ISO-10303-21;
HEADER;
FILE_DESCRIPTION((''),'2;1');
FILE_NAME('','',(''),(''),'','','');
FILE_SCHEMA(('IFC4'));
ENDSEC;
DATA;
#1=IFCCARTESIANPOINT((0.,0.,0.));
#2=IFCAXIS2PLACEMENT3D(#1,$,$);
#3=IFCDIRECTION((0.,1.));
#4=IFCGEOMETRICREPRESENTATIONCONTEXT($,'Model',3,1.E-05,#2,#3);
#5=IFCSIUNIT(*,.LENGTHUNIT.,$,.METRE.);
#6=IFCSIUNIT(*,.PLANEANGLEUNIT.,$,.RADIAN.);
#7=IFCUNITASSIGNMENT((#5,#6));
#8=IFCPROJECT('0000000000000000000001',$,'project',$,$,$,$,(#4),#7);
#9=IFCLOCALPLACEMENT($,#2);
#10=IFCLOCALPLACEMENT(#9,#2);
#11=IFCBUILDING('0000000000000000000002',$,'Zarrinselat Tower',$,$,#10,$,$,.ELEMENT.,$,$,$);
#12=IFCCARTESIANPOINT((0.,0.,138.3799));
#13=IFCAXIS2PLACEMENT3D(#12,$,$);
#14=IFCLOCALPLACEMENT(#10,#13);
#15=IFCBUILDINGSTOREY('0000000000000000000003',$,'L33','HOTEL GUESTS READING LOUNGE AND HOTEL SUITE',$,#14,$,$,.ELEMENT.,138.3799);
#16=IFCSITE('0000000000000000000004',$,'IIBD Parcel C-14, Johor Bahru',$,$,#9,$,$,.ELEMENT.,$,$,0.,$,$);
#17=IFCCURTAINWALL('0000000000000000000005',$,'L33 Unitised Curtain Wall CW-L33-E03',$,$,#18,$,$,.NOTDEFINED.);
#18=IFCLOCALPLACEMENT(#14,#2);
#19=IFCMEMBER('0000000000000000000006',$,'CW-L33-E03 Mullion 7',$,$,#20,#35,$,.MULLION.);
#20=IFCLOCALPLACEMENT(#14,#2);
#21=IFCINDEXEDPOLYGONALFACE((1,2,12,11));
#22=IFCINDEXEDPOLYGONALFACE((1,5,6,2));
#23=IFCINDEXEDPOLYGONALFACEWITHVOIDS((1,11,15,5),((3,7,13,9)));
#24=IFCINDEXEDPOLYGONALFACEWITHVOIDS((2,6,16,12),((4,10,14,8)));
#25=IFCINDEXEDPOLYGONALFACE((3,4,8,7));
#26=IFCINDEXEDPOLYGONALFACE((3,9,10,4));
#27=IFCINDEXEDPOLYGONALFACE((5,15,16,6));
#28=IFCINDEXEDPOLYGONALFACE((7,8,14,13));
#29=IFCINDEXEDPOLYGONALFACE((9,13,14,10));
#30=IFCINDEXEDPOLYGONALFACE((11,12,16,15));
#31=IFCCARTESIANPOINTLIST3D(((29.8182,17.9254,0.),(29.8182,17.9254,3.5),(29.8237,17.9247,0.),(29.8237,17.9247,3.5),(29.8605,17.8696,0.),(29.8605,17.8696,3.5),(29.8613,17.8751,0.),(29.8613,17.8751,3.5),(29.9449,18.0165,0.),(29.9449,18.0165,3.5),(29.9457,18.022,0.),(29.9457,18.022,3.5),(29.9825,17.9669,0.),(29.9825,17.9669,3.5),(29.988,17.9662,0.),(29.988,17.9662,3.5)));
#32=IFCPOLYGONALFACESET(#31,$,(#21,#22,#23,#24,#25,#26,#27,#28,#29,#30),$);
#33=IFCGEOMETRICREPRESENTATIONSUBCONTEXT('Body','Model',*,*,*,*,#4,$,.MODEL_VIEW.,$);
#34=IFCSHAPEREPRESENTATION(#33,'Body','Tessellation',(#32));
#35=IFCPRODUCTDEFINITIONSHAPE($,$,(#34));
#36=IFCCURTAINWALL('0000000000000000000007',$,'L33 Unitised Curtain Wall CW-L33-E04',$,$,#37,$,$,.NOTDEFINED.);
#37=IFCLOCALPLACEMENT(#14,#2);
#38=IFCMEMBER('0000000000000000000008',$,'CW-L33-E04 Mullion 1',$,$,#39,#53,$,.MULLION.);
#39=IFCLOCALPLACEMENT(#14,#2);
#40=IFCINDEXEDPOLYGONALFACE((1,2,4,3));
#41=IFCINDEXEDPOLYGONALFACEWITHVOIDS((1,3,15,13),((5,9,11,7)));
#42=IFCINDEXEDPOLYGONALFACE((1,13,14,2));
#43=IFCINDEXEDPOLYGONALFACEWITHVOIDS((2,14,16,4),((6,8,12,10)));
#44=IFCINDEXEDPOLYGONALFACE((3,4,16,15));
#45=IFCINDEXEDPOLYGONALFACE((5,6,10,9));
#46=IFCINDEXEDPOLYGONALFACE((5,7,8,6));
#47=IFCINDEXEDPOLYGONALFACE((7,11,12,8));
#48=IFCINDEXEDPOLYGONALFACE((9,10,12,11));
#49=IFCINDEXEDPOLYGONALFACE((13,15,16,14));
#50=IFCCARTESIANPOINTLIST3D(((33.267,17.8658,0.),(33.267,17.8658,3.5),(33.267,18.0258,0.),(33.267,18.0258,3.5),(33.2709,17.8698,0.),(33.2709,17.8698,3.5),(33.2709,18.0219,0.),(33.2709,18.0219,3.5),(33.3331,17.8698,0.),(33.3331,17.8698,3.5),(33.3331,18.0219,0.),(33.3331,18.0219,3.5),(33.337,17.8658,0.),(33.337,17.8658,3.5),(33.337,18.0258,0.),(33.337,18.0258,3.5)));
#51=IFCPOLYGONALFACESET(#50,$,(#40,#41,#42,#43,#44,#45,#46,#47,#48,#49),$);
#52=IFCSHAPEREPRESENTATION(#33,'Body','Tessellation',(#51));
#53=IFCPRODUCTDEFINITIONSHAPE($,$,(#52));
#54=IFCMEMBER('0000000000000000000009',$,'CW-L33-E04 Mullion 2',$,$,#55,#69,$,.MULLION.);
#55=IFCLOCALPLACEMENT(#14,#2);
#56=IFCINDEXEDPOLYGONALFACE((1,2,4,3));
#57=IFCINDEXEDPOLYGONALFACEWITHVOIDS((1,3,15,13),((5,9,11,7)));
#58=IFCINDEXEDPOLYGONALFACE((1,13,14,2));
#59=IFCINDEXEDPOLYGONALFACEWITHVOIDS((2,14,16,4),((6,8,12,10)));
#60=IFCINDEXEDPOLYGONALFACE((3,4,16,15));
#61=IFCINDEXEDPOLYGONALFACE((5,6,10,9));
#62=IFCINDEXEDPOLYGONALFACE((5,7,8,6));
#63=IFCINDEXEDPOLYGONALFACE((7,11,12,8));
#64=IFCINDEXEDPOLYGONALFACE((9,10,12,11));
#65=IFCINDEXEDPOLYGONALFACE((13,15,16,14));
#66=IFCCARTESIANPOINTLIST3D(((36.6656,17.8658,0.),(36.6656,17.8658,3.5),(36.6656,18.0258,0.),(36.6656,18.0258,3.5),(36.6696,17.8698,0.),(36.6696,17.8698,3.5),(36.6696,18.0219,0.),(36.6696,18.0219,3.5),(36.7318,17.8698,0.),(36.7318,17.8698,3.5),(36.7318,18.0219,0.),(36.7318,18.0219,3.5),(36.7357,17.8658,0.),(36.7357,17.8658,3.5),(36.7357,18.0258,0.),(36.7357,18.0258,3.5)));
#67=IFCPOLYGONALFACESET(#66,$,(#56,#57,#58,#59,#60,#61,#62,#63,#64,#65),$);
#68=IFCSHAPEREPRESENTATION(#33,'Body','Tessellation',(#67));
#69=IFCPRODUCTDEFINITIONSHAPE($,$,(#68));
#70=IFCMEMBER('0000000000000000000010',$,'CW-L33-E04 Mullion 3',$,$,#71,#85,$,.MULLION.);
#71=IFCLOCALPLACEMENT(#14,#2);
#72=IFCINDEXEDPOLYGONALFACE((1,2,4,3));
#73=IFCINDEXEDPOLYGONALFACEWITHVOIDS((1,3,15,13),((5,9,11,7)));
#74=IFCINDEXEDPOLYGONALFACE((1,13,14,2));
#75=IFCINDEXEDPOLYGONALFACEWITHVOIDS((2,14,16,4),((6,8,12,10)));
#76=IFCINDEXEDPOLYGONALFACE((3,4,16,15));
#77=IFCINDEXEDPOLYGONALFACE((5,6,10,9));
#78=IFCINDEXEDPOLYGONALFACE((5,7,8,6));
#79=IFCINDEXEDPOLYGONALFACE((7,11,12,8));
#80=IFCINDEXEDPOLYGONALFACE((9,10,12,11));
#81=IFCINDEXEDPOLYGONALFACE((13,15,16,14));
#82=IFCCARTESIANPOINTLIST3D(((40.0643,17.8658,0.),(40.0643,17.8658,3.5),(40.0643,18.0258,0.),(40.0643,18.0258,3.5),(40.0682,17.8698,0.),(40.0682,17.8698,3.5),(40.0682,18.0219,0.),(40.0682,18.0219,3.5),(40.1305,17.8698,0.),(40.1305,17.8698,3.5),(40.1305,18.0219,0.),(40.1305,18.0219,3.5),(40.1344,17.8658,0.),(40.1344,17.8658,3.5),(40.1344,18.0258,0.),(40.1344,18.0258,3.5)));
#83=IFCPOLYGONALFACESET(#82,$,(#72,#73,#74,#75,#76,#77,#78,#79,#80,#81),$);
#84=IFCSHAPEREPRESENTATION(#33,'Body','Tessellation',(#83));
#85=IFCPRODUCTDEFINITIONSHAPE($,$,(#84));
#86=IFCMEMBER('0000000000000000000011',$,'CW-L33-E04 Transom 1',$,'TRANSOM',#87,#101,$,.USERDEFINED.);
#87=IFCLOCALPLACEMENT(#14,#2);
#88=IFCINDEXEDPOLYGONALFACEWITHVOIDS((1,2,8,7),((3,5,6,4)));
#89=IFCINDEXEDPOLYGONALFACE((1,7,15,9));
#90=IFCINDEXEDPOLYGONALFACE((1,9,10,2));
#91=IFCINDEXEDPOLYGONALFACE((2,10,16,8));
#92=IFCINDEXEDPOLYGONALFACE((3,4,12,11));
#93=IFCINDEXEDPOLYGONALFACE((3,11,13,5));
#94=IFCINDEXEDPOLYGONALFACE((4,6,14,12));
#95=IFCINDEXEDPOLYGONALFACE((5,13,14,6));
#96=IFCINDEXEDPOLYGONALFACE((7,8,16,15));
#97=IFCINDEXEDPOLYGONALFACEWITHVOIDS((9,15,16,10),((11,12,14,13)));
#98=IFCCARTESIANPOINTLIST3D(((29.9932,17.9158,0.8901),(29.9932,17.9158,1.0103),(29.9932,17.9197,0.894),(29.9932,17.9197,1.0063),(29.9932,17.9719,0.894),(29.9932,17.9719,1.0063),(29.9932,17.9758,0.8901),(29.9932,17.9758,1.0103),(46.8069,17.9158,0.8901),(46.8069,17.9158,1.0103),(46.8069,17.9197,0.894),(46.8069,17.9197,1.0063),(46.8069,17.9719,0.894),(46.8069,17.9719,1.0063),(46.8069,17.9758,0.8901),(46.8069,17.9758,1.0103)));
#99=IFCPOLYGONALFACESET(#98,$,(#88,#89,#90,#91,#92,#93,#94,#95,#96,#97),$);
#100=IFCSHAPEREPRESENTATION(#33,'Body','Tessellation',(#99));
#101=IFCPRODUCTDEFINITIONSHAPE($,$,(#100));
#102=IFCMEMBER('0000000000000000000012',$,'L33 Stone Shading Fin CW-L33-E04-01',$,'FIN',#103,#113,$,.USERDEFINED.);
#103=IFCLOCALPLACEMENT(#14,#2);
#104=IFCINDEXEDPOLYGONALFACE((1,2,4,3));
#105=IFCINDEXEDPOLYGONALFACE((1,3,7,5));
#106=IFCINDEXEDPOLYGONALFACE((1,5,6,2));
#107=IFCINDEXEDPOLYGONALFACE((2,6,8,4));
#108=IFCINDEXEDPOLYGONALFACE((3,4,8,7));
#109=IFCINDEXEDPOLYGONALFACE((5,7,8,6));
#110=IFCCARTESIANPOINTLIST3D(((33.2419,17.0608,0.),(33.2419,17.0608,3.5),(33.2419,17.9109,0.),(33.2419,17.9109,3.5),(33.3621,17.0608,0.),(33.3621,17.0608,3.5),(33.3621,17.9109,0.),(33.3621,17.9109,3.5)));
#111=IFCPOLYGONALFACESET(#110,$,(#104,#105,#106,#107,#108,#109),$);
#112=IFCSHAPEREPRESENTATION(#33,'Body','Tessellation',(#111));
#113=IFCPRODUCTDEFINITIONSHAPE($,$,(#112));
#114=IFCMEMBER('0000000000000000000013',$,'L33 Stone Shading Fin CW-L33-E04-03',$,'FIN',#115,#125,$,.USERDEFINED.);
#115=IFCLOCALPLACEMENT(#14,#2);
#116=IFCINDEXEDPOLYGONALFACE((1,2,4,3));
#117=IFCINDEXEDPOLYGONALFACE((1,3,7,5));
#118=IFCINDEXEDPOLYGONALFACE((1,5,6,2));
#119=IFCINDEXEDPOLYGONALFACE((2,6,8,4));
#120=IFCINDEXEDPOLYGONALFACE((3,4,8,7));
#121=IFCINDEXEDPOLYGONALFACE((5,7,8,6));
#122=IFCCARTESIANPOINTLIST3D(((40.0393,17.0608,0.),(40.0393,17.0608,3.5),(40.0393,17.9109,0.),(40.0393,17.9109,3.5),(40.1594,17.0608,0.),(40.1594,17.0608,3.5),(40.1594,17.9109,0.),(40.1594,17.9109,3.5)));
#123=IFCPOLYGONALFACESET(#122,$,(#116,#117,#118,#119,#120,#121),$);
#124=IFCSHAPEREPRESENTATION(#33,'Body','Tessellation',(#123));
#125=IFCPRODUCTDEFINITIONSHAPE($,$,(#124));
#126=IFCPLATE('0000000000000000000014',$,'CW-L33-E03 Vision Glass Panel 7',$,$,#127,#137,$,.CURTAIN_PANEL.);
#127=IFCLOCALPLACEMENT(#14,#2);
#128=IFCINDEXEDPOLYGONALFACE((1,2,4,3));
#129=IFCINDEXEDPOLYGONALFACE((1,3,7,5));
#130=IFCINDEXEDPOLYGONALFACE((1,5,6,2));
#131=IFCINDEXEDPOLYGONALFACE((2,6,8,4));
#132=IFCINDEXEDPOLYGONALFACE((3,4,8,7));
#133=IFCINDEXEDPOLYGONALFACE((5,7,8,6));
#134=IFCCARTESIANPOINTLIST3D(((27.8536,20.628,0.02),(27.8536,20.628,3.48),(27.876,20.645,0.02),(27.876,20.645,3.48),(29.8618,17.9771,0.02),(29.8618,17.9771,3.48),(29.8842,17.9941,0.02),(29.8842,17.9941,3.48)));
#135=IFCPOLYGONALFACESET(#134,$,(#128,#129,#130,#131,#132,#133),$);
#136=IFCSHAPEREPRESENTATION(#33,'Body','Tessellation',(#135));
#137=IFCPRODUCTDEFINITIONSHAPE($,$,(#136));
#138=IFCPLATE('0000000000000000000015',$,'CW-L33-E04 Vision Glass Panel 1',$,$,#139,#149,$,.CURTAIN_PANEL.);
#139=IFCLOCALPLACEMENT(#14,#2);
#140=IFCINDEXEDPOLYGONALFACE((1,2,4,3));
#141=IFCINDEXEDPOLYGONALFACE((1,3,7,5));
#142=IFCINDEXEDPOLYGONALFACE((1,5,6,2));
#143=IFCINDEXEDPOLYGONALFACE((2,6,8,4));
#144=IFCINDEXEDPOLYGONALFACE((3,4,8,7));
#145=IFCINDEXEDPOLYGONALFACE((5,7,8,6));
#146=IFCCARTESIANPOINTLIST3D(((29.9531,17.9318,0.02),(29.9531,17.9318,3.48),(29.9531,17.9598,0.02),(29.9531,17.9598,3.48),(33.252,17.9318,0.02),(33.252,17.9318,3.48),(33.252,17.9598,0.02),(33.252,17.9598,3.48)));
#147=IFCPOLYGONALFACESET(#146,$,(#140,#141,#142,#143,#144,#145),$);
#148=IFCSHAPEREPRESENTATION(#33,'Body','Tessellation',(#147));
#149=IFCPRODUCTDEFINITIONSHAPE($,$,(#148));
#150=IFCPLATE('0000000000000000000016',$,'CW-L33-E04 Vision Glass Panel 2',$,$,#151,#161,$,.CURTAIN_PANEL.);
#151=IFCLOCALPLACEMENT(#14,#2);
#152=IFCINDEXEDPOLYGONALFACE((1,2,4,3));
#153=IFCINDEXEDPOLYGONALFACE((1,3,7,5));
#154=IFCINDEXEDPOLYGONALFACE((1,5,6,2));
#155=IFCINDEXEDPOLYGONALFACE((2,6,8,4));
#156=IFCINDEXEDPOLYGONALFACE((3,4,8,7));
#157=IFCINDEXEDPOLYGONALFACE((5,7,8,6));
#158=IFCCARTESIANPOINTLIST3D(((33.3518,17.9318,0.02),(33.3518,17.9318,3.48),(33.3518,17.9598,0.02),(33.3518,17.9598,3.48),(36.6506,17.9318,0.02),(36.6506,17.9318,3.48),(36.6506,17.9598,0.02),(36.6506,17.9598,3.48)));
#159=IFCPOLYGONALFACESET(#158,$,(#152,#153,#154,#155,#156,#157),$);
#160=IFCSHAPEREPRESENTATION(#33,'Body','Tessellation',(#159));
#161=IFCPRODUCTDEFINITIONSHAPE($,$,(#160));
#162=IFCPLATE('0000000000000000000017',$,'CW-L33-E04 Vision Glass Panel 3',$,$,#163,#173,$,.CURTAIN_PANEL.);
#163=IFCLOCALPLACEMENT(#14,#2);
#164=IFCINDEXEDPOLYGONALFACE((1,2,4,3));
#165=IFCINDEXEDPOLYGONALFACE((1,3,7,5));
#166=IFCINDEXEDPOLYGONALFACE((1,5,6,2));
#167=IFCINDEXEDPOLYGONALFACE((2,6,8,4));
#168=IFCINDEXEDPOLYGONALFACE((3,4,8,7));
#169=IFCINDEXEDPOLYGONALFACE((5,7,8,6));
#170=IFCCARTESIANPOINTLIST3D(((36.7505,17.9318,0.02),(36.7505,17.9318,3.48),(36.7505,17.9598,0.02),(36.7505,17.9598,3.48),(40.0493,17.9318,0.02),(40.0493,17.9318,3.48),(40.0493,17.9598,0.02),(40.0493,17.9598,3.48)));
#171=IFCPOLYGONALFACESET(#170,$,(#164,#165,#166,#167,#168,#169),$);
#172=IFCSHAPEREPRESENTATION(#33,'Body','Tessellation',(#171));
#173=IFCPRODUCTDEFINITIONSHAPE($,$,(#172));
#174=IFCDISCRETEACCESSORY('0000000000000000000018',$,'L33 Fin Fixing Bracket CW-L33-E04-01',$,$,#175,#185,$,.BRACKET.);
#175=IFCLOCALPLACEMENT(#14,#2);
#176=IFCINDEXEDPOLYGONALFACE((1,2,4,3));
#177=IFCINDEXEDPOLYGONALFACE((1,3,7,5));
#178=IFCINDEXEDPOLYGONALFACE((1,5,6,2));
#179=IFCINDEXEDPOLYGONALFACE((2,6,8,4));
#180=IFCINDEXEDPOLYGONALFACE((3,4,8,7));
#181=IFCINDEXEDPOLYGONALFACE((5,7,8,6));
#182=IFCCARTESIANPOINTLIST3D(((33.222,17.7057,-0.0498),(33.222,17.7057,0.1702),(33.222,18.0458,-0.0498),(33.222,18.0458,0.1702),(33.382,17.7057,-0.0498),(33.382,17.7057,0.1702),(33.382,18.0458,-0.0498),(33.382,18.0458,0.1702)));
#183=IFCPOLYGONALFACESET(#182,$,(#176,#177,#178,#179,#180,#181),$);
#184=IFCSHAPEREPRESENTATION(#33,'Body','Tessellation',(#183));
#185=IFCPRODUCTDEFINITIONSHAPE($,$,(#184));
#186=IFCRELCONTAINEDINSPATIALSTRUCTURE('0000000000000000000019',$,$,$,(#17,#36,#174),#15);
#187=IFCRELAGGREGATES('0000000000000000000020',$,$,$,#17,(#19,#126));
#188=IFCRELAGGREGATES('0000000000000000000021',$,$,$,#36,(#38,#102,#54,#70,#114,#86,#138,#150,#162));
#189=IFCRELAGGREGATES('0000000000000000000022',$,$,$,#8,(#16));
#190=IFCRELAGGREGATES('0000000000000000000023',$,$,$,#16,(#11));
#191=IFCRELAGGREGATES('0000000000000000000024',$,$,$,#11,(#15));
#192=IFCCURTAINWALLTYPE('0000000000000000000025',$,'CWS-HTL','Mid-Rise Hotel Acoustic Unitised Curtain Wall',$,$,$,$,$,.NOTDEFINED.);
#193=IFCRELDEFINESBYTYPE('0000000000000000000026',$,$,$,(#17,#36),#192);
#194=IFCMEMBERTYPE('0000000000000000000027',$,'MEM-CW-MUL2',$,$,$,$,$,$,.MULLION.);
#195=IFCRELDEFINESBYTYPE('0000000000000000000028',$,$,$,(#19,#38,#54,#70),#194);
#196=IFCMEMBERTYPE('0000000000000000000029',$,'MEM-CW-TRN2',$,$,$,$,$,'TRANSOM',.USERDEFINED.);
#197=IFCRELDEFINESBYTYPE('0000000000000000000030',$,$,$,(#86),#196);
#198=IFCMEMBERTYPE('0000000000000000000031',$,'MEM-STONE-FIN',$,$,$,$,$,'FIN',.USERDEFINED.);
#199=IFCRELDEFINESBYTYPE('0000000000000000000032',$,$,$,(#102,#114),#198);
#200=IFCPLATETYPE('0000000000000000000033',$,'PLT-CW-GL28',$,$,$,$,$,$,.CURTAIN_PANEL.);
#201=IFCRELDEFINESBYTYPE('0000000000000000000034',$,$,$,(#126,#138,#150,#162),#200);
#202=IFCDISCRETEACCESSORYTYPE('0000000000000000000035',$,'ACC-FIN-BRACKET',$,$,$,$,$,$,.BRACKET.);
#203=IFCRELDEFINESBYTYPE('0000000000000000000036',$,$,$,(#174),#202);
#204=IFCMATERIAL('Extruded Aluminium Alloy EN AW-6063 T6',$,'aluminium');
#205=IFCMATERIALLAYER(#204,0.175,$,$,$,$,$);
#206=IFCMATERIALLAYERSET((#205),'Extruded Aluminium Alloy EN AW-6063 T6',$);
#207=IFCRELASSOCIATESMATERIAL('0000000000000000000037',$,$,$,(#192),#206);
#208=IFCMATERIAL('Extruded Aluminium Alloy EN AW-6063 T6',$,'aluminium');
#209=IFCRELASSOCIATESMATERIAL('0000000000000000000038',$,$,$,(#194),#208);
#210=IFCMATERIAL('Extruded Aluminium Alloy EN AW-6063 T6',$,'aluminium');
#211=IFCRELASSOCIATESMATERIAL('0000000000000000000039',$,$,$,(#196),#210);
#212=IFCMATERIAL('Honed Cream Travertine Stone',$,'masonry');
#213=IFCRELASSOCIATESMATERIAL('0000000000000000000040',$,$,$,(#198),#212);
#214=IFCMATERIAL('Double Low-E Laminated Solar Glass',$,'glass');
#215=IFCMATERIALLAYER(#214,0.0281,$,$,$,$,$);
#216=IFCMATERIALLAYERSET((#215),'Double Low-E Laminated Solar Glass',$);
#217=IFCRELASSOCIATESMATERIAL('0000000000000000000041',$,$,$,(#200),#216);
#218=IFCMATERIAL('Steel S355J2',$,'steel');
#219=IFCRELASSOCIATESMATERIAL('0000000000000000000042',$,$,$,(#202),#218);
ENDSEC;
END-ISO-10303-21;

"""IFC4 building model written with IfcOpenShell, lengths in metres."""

from ifc_helpers import new_model, si_unit, direction, frame, origin, origin_2d, place, context, subcontext, project, spatial, rectangle, hollow_rectangle, extrude, material, layer, layer_set, material_profile, profile_set, type_object, element, aggregate, save


model = new_model("IFC4")

# Units and contexts
model_context = context("Model", 3, precision=1e-05, world=origin(), true_north=direction((0.0, 1.0)))
body_context = subcontext(model_context, "Body", "Model", "MODEL_VIEW")
ifc_project = project(units=[si_unit("LENGTHUNIT", "METRE"), si_unit("PLANEANGLEUNIT", "RADIAN")], contexts=[model_context])

# Site, building, storey
site_placement = place(None, origin())
site = spatial("IfcSite", under=ifc_project, at=site_placement, Name="IIBD Parcel C-14, Johor Bahru", CompositionType="ELEMENT", RefElevation=0.0)
building_placement = place(site_placement, origin())
building = spatial("IfcBuilding", under=site, at=building_placement, Name="Zarrinselat Tower", CompositionType="ELEMENT")
storey_placement = place(building_placement, frame((0.0, 0.0, 138.3799)))
storey = spatial("IfcBuildingStorey", under=building, at=storey_placement, Name="L33", Description="HOTEL GUESTS READING LOUNGE AND HOTEL SUITE", CompositionType="ELEMENT", Elevation=138.3799)

# Curtain walls, members
ifc_material_1 = material(Name="Extruded Aluminium Alloy EN AW-6063 T6", Category="aluminium")
ifc_layer_1 = layer(ifc_material_1, 0.175)
ifc_layer_set_1 = layer_set([ifc_layer_1], Name="Extruded Aluminium Alloy EN AW-6063 T6")
curtain_wall_type = type_object("IfcCurtainWallType", Name="CWS-HTL", Description="Mid-Rise Hotel Acoustic Unitised Curtain Wall", PredefinedType="NOTDEFINED", material=ifc_layer_set_1)
curtain_wall_1_placement = place(storey_placement, origin())
curtain_wall_1 = element("IfcCurtainWall", 1, at=curtain_wall_1_placement, inside=storey, type_object=curtain_wall_type, Name="L33 Unitised Curtain Wall CW-L33-E03", PredefinedType="NOTDEFINED")
ifc_material_2 = material(Name="Extruded Aluminium Alloy EN AW-6063 T6", Category="aluminium")
ifc_material_profile_1 = material_profile(ifc_material_2, hollow_rectangle(XDim=0.0701, YDim=0.1599, WallThickness=0.0039, at=origin_2d()), Name="RHS 160x70x4")
ifc_profile_set_1 = profile_set([ifc_material_profile_1], Name="Extruded Aluminium Alloy EN AW-6063 T6")
member_type_1 = type_object("IfcMemberType", Name="MEM-CW-MUL2", PredefinedType="MULLION", material=ifc_profile_set_1)
member_1_placement = place(storey_placement, frame((29.9031, 17.9458, 0.0), z_axis=(0.0, 0.0, 1.0), x_axis=(0.603856, -0.797094, 0.0)))
member_1 = element("IfcMember", 2, at=member_1_placement, type_object=member_type_1, Name="CW-L33-E03 Mullion 7", PredefinedType="MULLION", context=body_context, shape_type="SweptSolid", body=[
    extrude(hollow_rectangle(XDim=0.0701, YDim=0.1599, WallThickness=0.0039, at=origin_2d()), origin(), (0.0, 0.0, 1.0), 3.5),
])
curtain_wall_2_placement = place(storey_placement, origin())
curtain_wall_2 = element("IfcCurtainWall", 3, at=curtain_wall_2_placement, inside=storey, type_object=curtain_wall_type, Name="L33 Unitised Curtain Wall CW-L33-E04", PredefinedType="NOTDEFINED")
member_2_placement = place(storey_placement, frame((33.302, 17.9458, 0.0), z_axis=(0.0, 0.0, 1.0), x_axis=(1.0, 0.0, 0.0)))
member_2 = element("IfcMember", 4, at=member_2_placement, type_object=member_type_1, Name="CW-L33-E04 Mullion 1", PredefinedType="MULLION", context=body_context, shape_type="SweptSolid", body=[
    extrude(hollow_rectangle(XDim=0.0701, YDim=0.1599, WallThickness=0.0039, at=origin_2d()), origin(), (0.0, 0.0, 1.0), 3.5),
])
member_3_placement = place(storey_placement, frame((36.7007, 17.9458, 0.0), z_axis=(0.0, 0.0, 1.0), x_axis=(1.0, 0.0, 0.0)))
member_3 = element("IfcMember", 5, at=member_3_placement, type_object=member_type_1, Name="CW-L33-E04 Mullion 2", PredefinedType="MULLION", context=body_context, shape_type="SweptSolid", body=[
    extrude(hollow_rectangle(XDim=0.0701, YDim=0.1599, WallThickness=0.0039, at=origin_2d()), origin(), (0.0, 0.0, 1.0), 3.5),
])
member_4_placement = place(storey_placement, frame((40.0994, 17.9458, 0.0), z_axis=(0.0, 0.0, 1.0), x_axis=(1.0, 0.0, 0.0)))
member_4 = element("IfcMember", 6, at=member_4_placement, type_object=member_type_1, Name="CW-L33-E04 Mullion 3", PredefinedType="MULLION", context=body_context, shape_type="SweptSolid", body=[
    extrude(hollow_rectangle(XDim=0.0701, YDim=0.1599, WallThickness=0.0039, at=origin_2d()), origin(), (0.0, 0.0, 1.0), 3.5),
])
ifc_material_3 = material(Name="Extruded Aluminium Alloy EN AW-6063 T6", Category="aluminium")
ifc_material_profile_2 = material_profile(ifc_material_3, hollow_rectangle(XDim=0.0601, YDim=0.1201, WallThickness=0.0039, at=origin_2d()), Name="RHS 120x60x4")
ifc_profile_set_2 = profile_set([ifc_material_profile_2], Name="Extruded Aluminium Alloy EN AW-6063 T6")
member_type_2 = type_object("IfcMemberType", Name="MEM-CW-TRN2", ElementType="TRANSOM", PredefinedType="USERDEFINED", material=ifc_profile_set_2)
member_5_placement = place(storey_placement, frame((29.9932, 17.9458, 0.9502), z_axis=(1.0, 0.0, 0.0), x_axis=(0.0, 1.0, 0.0)))
member_5 = element("IfcMember", 7, at=member_5_placement, type_object=member_type_2, Name="CW-L33-E04 Transom 1", ObjectType="TRANSOM", PredefinedType="USERDEFINED", context=body_context, shape_type="SweptSolid", body=[
    extrude(hollow_rectangle(XDim=0.0601, YDim=0.1201, WallThickness=0.0039, at=origin_2d()), origin(), (0.0, 0.0, 1.0), 16.8137),
])
ifc_material_4 = material(Name="Honed Cream Travertine Stone", Category="masonry")
ifc_material_profile_3 = material_profile(ifc_material_4, rectangle(XDim=0.1201, YDim=0.8501, at=origin_2d()), Name="FIN 850x120")
ifc_profile_set_3 = profile_set([ifc_material_profile_3], Name="Honed Cream Travertine Stone")
member_type_3 = type_object("IfcMemberType", Name="MEM-STONE-FIN", ElementType="FIN", PredefinedType="USERDEFINED", material=ifc_profile_set_3)
member_6_placement = place(storey_placement, frame((33.302, 17.4858, 0.0), z_axis=(0.0, 0.0, 1.0), x_axis=(-1.0, 0.0, 0.0)))
member_6 = element("IfcMember", 8, at=member_6_placement, type_object=member_type_3, Name="L33 Stone Shading Fin CW-L33-E04-01", ObjectType="FIN", PredefinedType="USERDEFINED", context=body_context, shape_type="SweptSolid", body=[
    extrude(rectangle(XDim=0.1201, YDim=0.8501, at=origin_2d()), origin(), (0.0, 0.0, 1.0), 3.5),
])
member_7_placement = place(storey_placement, frame((40.0994, 17.4858, 0.0), z_axis=(0.0, 0.0, 1.0), x_axis=(-1.0, 0.0, 0.0)))
member_7 = element("IfcMember", 9, at=member_7_placement, type_object=member_type_3, Name="L33 Stone Shading Fin CW-L33-E04-03", ObjectType="FIN", PredefinedType="USERDEFINED", context=body_context, shape_type="SweptSolid", body=[
    extrude(rectangle(XDim=0.1201, YDim=0.8501, at=origin_2d()), origin(), (0.0, 0.0, 1.0), 3.5),
])

# Plates
ifc_material_5 = material(Name="Double Low-E Laminated Solar Glass", Category="glass")
ifc_layer_2 = layer(ifc_material_5, 0.0281)
ifc_layer_set_2 = layer_set([ifc_layer_2], Name="Double Low-E Laminated Solar Glass")
plate_type = type_object("IfcPlateType", Name="PLT-CW-GL28", PredefinedType="CURTAIN_PANEL", material=ifc_layer_set_2)
plate_1_placement = place(storey_placement, frame((28.8689, 19.311, 0.02), z_axis=(0.0, 0.0, 1.0), x_axis=(0.603856, -0.797094, 0.0)))
plate_1 = element("IfcPlate", 10, at=plate_1_placement, type_object=plate_type, Name="CW-L33-E03 Vision Glass Panel 7", PredefinedType="CURTAIN_PANEL", context=body_context, shape_type="SweptSolid", body=[
    extrude(rectangle(XDim=3.3257, YDim=0.0281, at=origin_2d()), origin(), (0.0, 0.0, 1.0), 3.46),
])
aggregate(curtain_wall_1, [member_1, plate_1])
plate_2_placement = place(storey_placement, frame((31.6025, 17.9458, 0.02), z_axis=(0.0, 0.0, 1.0), x_axis=(1.0, 0.0, 0.0)))
plate_2 = element("IfcPlate", 11, at=plate_2_placement, type_object=plate_type, Name="CW-L33-E04 Vision Glass Panel 1", PredefinedType="CURTAIN_PANEL", context=body_context, shape_type="SweptSolid", body=[
    extrude(rectangle(XDim=3.2988, YDim=0.0281, at=origin_2d()), origin(), (0.0, 0.0, 1.0), 3.46),
])
plate_3_placement = place(storey_placement, frame((35.0012, 17.9458, 0.02), z_axis=(0.0, 0.0, 1.0), x_axis=(1.0, 0.0, 0.0)))
plate_3 = element("IfcPlate", 12, at=plate_3_placement, type_object=plate_type, Name="CW-L33-E04 Vision Glass Panel 2", PredefinedType="CURTAIN_PANEL", context=body_context, shape_type="SweptSolid", body=[
    extrude(rectangle(XDim=3.2988, YDim=0.0281, at=origin_2d()), origin(), (0.0, 0.0, 1.0), 3.46),
])
plate_4_placement = place(storey_placement, frame((38.3999, 17.9458, 0.02), z_axis=(0.0, 0.0, 1.0), x_axis=(1.0, 0.0, 0.0)))
plate_4 = element("IfcPlate", 13, at=plate_4_placement, type_object=plate_type, Name="CW-L33-E04 Vision Glass Panel 3", PredefinedType="CURTAIN_PANEL", context=body_context, shape_type="SweptSolid", body=[
    extrude(rectangle(XDim=3.2988, YDim=0.0281, at=origin_2d()), origin(), (0.0, 0.0, 1.0), 3.46),
])
aggregate(curtain_wall_2, [member_2, member_6, member_3, member_4, member_7, member_5, plate_2, plate_3, plate_4])

# Discrete accessory
ifc_material_6 = material(Name="Steel S355J2", Category="steel")
discrete_accessory_type = type_object("IfcDiscreteAccessoryType", Name="ACC-FIN-BRACKET", PredefinedType="BRACKET", material=ifc_material_6)
discrete_accessory_placement = place(storey_placement, frame((33.302, 17.8757, -0.0498), z_axis=(0.0, 0.0, 1.0), x_axis=(0.0, -1.0, 0.0)))
element("IfcDiscreteAccessory", 14, at=discrete_accessory_placement, inside=storey, type_object=discrete_accessory_type, Name="L33 Fin Fixing Bracket CW-L33-E04-01", PredefinedType="BRACKET", context=body_context, shape_type="SweptSolid", body=[
    extrude(rectangle(XDim=0.3401, YDim=0.1599, at=origin_2d()), origin(), (0.0, 0.0, 1.0), 0.22),
])

save(model, "model.ifc")
